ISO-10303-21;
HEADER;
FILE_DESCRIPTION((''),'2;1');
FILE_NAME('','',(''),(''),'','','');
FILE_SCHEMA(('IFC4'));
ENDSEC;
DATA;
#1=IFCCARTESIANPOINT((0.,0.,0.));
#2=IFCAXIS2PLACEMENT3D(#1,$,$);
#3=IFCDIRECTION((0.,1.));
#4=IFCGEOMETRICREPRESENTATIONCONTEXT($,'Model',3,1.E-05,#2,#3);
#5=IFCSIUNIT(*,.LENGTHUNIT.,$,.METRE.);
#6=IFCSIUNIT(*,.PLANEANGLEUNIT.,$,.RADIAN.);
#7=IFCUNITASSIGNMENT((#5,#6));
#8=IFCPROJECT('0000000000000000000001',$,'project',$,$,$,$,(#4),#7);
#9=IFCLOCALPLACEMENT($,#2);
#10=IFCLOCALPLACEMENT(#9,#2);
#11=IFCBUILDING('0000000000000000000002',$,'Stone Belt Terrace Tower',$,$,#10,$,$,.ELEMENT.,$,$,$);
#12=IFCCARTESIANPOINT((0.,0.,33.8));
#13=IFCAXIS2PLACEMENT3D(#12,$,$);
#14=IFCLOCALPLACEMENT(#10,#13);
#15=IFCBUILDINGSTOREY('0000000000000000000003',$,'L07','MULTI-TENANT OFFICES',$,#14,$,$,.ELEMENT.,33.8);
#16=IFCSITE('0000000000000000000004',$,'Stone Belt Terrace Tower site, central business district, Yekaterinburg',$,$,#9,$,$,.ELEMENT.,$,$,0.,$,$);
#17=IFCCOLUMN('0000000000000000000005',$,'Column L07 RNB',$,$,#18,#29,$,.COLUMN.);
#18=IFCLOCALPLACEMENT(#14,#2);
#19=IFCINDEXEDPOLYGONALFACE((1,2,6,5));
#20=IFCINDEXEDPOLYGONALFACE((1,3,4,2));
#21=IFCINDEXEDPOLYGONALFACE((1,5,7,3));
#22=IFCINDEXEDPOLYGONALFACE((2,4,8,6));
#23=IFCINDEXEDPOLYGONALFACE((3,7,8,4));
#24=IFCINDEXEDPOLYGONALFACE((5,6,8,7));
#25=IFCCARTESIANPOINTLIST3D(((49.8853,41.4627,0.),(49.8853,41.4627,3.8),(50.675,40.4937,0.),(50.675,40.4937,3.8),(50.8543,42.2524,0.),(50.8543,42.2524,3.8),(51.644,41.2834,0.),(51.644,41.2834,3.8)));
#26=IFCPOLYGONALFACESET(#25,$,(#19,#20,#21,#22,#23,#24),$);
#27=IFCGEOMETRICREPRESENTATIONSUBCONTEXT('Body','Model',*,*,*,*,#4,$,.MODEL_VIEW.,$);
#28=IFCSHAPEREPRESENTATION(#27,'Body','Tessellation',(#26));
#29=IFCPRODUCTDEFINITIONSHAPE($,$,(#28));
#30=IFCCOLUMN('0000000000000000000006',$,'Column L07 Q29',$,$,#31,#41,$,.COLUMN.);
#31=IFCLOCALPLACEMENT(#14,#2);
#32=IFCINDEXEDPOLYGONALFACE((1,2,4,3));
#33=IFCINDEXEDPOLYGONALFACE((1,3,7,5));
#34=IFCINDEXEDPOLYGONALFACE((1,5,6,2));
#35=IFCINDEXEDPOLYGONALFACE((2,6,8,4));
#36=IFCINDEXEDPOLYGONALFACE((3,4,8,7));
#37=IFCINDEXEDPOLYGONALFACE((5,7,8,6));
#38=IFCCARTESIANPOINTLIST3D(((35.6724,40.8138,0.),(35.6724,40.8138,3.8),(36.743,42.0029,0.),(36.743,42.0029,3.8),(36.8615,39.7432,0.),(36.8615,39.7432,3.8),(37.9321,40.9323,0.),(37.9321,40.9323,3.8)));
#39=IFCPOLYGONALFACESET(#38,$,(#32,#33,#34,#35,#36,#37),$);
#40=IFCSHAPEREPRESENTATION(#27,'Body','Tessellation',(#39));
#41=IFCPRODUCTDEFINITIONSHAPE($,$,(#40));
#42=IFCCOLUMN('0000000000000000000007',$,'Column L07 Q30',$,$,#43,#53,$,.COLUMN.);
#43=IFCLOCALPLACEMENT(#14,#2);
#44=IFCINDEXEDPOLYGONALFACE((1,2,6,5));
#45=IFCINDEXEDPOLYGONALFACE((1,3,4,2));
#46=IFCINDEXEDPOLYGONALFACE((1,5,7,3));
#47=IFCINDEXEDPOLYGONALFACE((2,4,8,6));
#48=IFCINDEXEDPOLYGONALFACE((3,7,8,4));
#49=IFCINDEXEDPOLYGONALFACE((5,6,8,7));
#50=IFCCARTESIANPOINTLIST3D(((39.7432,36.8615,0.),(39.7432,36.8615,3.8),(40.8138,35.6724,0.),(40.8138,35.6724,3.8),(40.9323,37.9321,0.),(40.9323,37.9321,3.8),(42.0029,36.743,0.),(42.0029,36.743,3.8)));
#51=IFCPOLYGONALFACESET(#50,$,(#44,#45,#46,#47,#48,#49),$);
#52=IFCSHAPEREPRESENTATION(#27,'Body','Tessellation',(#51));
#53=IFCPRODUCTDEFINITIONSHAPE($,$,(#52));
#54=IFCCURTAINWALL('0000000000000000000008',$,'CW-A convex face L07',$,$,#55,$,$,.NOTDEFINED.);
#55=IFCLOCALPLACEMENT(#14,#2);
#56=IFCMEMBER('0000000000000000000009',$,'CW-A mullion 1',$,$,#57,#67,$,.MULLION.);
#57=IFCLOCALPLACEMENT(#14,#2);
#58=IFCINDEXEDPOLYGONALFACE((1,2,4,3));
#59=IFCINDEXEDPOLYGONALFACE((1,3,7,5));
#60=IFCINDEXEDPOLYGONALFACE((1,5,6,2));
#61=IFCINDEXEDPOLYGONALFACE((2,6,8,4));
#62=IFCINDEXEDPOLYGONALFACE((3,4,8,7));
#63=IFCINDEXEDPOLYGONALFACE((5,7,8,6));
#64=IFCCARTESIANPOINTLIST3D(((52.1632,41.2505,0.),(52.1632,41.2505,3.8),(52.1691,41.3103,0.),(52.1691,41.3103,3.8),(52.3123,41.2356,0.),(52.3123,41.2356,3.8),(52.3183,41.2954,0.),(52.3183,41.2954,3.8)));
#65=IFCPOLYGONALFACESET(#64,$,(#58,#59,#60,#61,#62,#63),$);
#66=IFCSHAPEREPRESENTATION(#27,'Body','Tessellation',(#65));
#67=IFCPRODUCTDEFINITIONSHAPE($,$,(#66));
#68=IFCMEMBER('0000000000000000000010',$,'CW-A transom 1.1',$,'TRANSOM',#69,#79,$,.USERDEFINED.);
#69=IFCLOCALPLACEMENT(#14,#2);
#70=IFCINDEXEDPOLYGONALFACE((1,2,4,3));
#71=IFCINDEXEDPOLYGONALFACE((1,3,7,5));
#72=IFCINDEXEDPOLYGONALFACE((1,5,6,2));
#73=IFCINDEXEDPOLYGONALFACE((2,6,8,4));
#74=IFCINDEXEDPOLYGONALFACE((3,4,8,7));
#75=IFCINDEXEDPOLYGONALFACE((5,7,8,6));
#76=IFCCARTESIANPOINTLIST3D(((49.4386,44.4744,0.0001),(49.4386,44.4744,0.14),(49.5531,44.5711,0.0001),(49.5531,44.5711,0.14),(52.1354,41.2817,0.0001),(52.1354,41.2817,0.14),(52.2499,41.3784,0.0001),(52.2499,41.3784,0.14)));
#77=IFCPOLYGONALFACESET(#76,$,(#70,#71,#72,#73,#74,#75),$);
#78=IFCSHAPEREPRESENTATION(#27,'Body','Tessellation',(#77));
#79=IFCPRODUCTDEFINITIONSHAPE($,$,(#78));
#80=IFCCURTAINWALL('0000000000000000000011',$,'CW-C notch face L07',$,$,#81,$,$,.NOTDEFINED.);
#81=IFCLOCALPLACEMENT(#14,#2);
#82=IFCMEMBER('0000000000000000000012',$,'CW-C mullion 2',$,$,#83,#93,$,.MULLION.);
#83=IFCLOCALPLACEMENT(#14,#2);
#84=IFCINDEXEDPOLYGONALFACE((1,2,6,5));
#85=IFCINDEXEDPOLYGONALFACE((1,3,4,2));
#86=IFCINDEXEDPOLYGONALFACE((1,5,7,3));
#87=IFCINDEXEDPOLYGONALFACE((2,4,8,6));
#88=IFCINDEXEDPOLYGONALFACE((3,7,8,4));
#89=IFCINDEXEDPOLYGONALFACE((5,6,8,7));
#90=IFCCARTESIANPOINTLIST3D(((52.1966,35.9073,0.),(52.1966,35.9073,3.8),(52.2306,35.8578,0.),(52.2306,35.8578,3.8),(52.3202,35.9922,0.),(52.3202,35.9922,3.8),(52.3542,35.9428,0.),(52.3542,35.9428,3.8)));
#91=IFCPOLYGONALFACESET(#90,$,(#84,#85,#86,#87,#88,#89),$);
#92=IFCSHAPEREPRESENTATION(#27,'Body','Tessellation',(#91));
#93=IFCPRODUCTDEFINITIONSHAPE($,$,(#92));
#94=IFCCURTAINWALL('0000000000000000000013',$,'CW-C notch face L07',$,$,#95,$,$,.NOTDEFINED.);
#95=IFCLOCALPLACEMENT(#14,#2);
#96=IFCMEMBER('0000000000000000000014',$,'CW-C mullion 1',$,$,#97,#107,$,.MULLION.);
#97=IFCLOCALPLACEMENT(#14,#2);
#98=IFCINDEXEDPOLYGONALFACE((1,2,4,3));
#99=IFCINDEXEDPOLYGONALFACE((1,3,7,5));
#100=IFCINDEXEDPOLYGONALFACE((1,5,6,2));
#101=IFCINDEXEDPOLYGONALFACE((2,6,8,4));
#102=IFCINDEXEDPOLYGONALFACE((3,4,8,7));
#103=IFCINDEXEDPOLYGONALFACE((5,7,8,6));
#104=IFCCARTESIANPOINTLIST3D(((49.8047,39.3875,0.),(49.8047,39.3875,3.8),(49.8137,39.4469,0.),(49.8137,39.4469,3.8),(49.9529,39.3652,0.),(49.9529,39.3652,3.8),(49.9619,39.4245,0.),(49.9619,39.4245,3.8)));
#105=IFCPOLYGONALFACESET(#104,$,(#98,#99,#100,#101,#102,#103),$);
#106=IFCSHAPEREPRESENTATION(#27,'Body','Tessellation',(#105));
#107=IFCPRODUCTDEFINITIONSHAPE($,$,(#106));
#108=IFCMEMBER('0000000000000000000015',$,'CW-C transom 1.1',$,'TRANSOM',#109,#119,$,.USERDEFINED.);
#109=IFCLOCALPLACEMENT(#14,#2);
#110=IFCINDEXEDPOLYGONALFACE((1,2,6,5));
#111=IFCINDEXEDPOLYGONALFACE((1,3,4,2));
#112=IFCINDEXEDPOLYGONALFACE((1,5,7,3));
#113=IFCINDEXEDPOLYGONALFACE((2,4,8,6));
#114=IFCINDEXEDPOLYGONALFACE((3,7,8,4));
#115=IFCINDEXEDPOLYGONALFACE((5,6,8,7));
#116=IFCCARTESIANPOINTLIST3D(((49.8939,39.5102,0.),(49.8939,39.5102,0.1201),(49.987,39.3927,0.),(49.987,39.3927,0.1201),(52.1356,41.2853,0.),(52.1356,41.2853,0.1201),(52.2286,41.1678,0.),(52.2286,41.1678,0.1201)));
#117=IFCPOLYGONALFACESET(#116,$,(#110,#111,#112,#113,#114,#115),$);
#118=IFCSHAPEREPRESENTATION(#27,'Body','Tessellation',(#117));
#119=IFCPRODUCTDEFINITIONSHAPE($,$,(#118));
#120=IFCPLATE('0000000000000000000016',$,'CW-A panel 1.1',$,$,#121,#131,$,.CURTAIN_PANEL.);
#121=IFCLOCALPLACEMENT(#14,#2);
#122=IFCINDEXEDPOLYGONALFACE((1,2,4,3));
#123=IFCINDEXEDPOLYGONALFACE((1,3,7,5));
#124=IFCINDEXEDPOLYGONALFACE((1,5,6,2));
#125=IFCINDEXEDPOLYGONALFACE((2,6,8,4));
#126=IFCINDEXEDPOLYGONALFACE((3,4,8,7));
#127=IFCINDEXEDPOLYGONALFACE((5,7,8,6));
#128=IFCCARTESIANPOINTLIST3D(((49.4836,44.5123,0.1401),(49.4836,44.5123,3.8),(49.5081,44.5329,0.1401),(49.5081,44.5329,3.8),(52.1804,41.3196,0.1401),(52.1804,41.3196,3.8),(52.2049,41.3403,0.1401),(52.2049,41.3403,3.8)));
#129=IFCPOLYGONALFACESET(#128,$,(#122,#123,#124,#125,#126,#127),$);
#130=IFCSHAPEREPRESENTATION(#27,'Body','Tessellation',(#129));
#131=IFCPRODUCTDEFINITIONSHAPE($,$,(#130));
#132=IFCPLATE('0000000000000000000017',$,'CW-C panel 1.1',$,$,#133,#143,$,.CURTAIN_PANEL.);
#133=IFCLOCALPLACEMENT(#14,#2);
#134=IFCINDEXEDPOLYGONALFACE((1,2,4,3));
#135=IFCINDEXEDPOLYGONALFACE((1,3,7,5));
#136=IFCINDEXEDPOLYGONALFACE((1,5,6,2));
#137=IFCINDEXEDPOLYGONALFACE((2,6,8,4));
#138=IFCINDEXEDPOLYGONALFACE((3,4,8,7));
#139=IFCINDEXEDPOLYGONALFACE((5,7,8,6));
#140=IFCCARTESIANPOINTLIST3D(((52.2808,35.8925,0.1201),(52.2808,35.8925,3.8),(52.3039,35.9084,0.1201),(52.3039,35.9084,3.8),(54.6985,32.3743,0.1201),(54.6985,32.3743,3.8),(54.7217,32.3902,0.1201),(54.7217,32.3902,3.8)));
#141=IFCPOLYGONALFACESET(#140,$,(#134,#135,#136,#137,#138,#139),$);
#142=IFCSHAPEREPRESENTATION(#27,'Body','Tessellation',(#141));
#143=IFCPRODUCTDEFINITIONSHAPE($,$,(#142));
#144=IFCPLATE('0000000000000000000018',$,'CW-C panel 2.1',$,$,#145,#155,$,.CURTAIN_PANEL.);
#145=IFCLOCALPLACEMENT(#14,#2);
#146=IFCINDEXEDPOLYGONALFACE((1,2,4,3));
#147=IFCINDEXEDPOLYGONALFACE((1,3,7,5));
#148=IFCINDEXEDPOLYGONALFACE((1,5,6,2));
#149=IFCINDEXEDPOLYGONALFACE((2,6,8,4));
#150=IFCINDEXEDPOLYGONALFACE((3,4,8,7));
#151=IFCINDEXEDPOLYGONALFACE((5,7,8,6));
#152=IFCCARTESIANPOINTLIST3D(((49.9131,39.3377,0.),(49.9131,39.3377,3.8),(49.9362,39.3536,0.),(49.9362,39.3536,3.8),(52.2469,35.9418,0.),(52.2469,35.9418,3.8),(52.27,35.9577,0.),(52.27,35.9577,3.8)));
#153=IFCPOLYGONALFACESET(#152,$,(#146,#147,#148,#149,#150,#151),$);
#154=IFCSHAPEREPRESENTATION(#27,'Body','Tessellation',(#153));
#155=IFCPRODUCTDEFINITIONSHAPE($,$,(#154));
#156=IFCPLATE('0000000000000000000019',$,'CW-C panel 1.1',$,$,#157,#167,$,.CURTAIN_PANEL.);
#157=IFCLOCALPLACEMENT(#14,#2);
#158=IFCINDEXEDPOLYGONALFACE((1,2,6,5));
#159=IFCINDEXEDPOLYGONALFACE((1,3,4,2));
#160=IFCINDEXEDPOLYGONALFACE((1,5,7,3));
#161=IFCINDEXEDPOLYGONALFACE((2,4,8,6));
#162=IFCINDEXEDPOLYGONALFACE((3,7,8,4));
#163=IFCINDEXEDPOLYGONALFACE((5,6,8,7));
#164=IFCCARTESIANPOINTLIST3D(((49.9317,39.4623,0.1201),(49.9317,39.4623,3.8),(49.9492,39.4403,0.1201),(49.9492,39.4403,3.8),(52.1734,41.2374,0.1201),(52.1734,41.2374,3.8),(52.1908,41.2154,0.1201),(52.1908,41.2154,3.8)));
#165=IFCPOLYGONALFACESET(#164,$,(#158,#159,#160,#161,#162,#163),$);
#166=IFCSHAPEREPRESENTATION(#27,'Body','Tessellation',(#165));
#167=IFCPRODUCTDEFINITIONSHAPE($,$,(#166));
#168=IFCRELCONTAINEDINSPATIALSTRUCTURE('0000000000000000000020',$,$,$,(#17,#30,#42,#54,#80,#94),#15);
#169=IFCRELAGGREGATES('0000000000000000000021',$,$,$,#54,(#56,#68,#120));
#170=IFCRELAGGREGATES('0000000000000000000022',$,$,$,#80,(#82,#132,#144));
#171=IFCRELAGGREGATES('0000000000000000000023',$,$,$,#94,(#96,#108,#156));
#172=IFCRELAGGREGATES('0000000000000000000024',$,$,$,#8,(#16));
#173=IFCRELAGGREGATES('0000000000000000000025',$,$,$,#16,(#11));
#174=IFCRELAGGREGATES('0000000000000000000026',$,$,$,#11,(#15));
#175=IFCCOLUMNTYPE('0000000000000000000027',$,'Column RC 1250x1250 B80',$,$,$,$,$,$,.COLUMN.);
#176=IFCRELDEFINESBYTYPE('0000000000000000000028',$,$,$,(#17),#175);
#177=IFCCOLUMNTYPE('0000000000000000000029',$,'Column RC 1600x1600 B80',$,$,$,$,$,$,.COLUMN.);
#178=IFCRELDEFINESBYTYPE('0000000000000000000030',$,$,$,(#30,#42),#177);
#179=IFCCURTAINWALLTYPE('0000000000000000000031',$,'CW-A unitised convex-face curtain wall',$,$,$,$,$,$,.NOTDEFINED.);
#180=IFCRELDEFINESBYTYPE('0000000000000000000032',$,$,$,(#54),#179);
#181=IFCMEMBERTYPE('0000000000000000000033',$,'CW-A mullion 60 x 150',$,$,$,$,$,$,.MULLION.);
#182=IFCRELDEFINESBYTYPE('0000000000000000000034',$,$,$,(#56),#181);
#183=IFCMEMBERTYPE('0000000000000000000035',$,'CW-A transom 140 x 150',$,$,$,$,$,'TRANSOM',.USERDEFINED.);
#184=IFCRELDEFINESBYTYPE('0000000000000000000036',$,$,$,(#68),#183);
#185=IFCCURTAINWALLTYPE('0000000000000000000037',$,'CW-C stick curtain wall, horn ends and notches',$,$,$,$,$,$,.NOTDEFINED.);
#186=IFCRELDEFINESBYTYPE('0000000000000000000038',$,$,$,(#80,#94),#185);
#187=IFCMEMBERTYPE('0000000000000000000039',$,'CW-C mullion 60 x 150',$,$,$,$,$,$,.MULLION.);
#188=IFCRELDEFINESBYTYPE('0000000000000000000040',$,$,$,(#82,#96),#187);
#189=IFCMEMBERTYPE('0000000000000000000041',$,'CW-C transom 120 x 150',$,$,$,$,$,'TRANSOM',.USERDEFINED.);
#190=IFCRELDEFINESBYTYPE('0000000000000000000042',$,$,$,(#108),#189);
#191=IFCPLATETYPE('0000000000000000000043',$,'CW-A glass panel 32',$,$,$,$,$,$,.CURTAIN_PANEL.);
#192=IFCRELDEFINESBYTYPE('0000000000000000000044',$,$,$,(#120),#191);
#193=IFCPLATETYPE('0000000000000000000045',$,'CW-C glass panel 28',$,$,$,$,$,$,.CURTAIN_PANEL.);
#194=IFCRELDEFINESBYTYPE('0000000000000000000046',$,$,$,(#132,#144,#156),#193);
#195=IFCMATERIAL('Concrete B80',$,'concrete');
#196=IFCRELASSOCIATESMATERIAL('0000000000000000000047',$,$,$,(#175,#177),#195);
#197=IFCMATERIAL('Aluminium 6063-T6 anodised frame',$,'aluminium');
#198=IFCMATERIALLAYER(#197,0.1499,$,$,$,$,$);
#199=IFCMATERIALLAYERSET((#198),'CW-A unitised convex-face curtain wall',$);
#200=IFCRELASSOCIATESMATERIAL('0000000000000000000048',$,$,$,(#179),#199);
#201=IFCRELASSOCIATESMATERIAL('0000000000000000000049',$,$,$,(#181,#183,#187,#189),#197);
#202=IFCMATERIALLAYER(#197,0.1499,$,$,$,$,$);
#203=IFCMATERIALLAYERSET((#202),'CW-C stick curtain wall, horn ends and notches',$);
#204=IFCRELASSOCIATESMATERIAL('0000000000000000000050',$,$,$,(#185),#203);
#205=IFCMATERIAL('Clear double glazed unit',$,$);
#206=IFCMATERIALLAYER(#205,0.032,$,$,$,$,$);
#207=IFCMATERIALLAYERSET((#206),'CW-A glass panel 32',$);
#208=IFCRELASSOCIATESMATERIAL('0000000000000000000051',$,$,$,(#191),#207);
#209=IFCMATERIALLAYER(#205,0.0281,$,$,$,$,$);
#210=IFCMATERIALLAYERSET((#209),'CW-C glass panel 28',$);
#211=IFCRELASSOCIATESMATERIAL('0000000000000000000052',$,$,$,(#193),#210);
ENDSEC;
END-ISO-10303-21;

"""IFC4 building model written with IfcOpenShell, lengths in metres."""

from ifc_helpers import new_model, si_unit, direction, frame, origin, origin_2d, place, context, subcontext, project, spatial, rectangle, extrude, material, layer, layer_set, material_profile, profile_set, type_object, element, aggregate, save


model = new_model("IFC4")

# Units and contexts
model_context = context("Model", 3, precision=1e-05, world=origin(), true_north=direction((0.0, 1.0)))
body_context = subcontext(model_context, "Body", "Model", "MODEL_VIEW")
ifc_project = project(units=[si_unit("LENGTHUNIT", "METRE"), si_unit("PLANEANGLEUNIT", "RADIAN")], contexts=[model_context])

# Site, building, storey
site_placement = place(None, origin())
site = spatial("IfcSite", under=ifc_project, at=site_placement, Name="Stone Belt Terrace Tower site, central business district, Yekaterinburg", CompositionType="ELEMENT", RefElevation=0.0)
building_placement = place(site_placement, origin())
building = spatial("IfcBuilding", under=site, at=building_placement, Name="Stone Belt Terrace Tower", CompositionType="ELEMENT")
storey_placement = place(building_placement, frame((0.0, 0.0, 33.8)))
storey = spatial("IfcBuildingStorey", under=building, at=storey_placement, Name="L07", Description="MULTI-TENANT OFFICES", CompositionType="ELEMENT", Elevation=33.8)

# Columns
ifc_material_1 = material(Name="Concrete B80", Category="concrete")
ifc_material_profile_1 = material_profile(ifc_material_1, rectangle(XDim=1.25, YDim=1.25, at=origin_2d()), Name="RC 1250x1250")
ifc_profile_set_1 = profile_set([ifc_material_profile_1], Name="Concrete B80")
column_type_1 = type_object("IfcColumnType", Name="Column RC 1250x1250 B80", PredefinedType="COLUMN", material=ifc_profile_set_1)
column_placement = place(storey_placement, frame((50.7646, 41.373, 0.0), z_axis=(0.0, 0.0, 1.0), x_axis=(0.631759, -0.775165, 0.0)))
element("IfcColumn", 1, at=column_placement, inside=storey, type_object=column_type_1, Name="Column L07 RNB", PredefinedType="COLUMN", context=body_context, shape_type="SweptSolid", body=[
    extrude(rectangle(XDim=1.25, YDim=1.25, at=origin_2d()), origin(), (0.0, 0.0, 1.0), 3.8),
])
ifc_material_profile_2 = material_profile(ifc_material_1, rectangle(XDim=1.6001, YDim=1.6001, at=origin_2d()), Name="RC 1600x1600")
ifc_profile_set_2 = profile_set([ifc_material_profile_2], Name="Concrete B80")
column_type_2 = type_object("IfcColumnType", Name="Column RC 1600x1600 B80", PredefinedType="COLUMN", material=ifc_profile_set_2)
for number, where, z_axis, x_axis, name in (
    (2, (36.8022, 40.873, 0.0), (0.0, 0.0, 1.0), (0.743145, -0.669131, 0.0), "Column L07 Q29"),
    (3, (40.873, 36.8022, 0.0), (0.0, 0.0, 1.0), (0.669131, -0.743145, 0.0), "Column L07 Q30"),
):
    element("IfcColumn", number, at=place(storey_placement, frame(where, z_axis=z_axis, x_axis=x_axis)), inside=storey, type_object=column_type_2, Name=name, PredefinedType="COLUMN", context=body_context, shape_type="SweptSolid", body=[
        extrude(rectangle(XDim=1.6001, YDim=1.6001, at=origin_2d()), origin(), (0.0, 0.0, 1.0), 3.8),
    ])

# Curtain wall, members
ifc_material_2 = material(Name="Aluminium 6063-T6 anodised frame", Category="aluminium")
ifc_layer_1 = layer(ifc_material_2, 0.1499)
ifc_layer_set_1 = layer_set([ifc_layer_1], Name="CW-A unitised convex-face curtain wall")
curtain_wall_type_1 = type_object("IfcCurtainWallType", Name="CW-A unitised convex-face curtain wall", PredefinedType="NOTDEFINED", material=ifc_layer_set_1)
curtain_wall_1_placement = place(storey_placement, origin())
curtain_wall_1 = element("IfcCurtainWall", 4, at=curtain_wall_1_placement, inside=storey, type_object=curtain_wall_type_1, Name="CW-A convex face L07", PredefinedType="NOTDEFINED")
ifc_material_profile_3 = material_profile(ifc_material_2, rectangle(XDim=0.1499, YDim=0.0601, at=origin_2d()), Name="Aluminium 6063-T6 60x150")
ifc_profile_set_3 = profile_set([ifc_material_profile_3], Name="Aluminium 6063-T6 anodised frame")
member_type_1 = type_object("IfcMemberType", Name="CW-A mullion 60 x 150", PredefinedType="MULLION", material=ifc_profile_set_3)
member_1_placement = place(storey_placement, frame((52.2407, 41.2729, 0.0), z_axis=(0.0, 0.0, 1.0), x_axis=(-0.995023, 0.099645, 0.0)))
member_1 = element("IfcMember", 5, at=member_1_placement, type_object=member_type_1, Name="CW-A mullion 1", PredefinedType="MULLION", context=body_context, shape_type="SweptSolid", body=[
    extrude(rectangle(XDim=0.1499, YDim=0.0601, at=origin_2d()), origin(), (0.0, 0.0, 1.0), 3.8),
])
ifc_material_profile_4 = material_profile(ifc_material_2, rectangle(XDim=0.1499, YDim=0.1399, at=origin_2d()), Name="Aluminium 6063-T6 150x140")
ifc_profile_set_4 = profile_set([ifc_material_profile_4], Name="Aluminium 6063-T6 anodised frame")
member_type_2 = type_object("IfcMemberType", Name="CW-A transom 140 x 150", ElementType="TRANSOM", PredefinedType="USERDEFINED", material=ifc_profile_set_4)
member_2_placement = place(storey_placement, frame((52.1926, 41.3301, 0.0701), z_axis=(-0.64529, 0.763938, 0.0), x_axis=(-0.763938, -0.64529, 0.0)))
member_2 = element("IfcMember", 6, at=member_2_placement, type_object=member_type_2, Name="CW-A transom 1.1", ObjectType="TRANSOM", PredefinedType="USERDEFINED", context=body_context, shape_type="SweptSolid", body=[
    extrude(rectangle(XDim=0.1499, YDim=0.1399, at=origin_2d()), origin(), (0.0, 0.0, 1.0), 4.1792),
])

# Curtain wall, member
ifc_layer_2 = layer(ifc_material_2, 0.1499)
ifc_layer_set_2 = layer_set([ifc_layer_2], Name="CW-C stick curtain wall, horn ends and notches")
curtain_wall_type_2 = type_object("IfcCurtainWallType", Name="CW-C stick curtain wall, horn ends and notches", PredefinedType="NOTDEFINED", material=ifc_layer_set_2)
curtain_wall_2_placement = place(storey_placement, origin())
curtain_wall_2 = element("IfcCurtainWall", 7, at=curtain_wall_2_placement, inside=storey, type_object=curtain_wall_type_2, Name="CW-C notch face L07", PredefinedType="NOTDEFINED")
ifc_material_profile_5 = material_profile(ifc_material_2, rectangle(XDim=0.1499, YDim=0.0601, at=origin_2d()), Name="Aluminium 6063-T6 60x150")
ifc_profile_set_5 = profile_set([ifc_material_profile_5], Name="Aluminium 6063-T6 anodised frame")
member_type_3 = type_object("IfcMemberType", Name="CW-C mullion 60 x 150", PredefinedType="MULLION", material=ifc_profile_set_5)
member_3_placement = place(storey_placement, frame((52.2754, 35.925, 0.0), z_axis=(0.0, 0.0, 1.0), x_axis=(-0.824147, -0.566376, 0.0)))
member_3 = element("IfcMember", 8, at=member_3_placement, type_object=member_type_3, Name="CW-C mullion 2", PredefinedType="MULLION", context=body_context, shape_type="SweptSolid", body=[
    extrude(rectangle(XDim=0.1499, YDim=0.0601, at=origin_2d()), origin(), (0.0, 0.0, 1.0), 3.8),
])

# Curtain wall, members
curtain_wall_3_placement = place(storey_placement, origin())
curtain_wall_3 = element("IfcCurtainWall", 9, at=curtain_wall_3_placement, inside=storey, type_object=curtain_wall_type_2, Name="CW-C notch face L07", PredefinedType="NOTDEFINED")
member_4_placement = place(storey_placement, frame((49.8833, 39.406, 0.0), z_axis=(0.0, 0.0, 1.0), x_axis=(-0.988851, 0.148906, 0.0)))
member_4 = element("IfcMember", 10, at=member_4_placement, type_object=member_type_3, Name="CW-C mullion 1", PredefinedType="MULLION", context=body_context, shape_type="SweptSolid", body=[
    extrude(rectangle(XDim=0.1499, YDim=0.0601, at=origin_2d()), origin(), (0.0, 0.0, 1.0), 3.8),
])
ifc_material_profile_6 = material_profile(ifc_material_2, rectangle(XDim=0.1499, YDim=0.1201, at=origin_2d()), Name="Aluminium 6063-T6 150x120")
ifc_profile_set_6 = profile_set([ifc_material_profile_6], Name="Aluminium 6063-T6 anodised frame")
member_type_4 = type_object("IfcMemberType", Name="CW-C transom 120 x 150", ElementType="TRANSOM", PredefinedType="USERDEFINED", material=ifc_profile_set_6)
member_5_placement = place(storey_placement, frame((49.9404, 39.4514, 0.0601), z_axis=(0.783966, 0.620804, 0.0), x_axis=(-0.620804, 0.783966, 0.0)))
member_5 = element("IfcMember", 11, at=member_5_placement, type_object=member_type_4, Name="CW-C transom 1.1", ObjectType="TRANSOM", PredefinedType="USERDEFINED", context=body_context, shape_type="SweptSolid", body=[
    extrude(rectangle(XDim=0.1499, YDim=0.1201, at=origin_2d()), origin(), (0.0, 0.0, 1.0), 2.8594),
])

# Plates
ifc_material_3 = material(Name="Clear double glazed unit")
ifc_layer_3 = layer(ifc_material_3, 0.032)
ifc_layer_set_3 = layer_set([ifc_layer_3], Name="CW-A glass panel 32")
plate_type_1 = type_object("IfcPlateType", Name="CW-A glass panel 32", PredefinedType="CURTAIN_PANEL", material=ifc_layer_set_3)
plate_1_placement = place(storey_placement, frame((50.8442, 42.9263, 0.1401), z_axis=(0.0, 0.0, 1.0), x_axis=(-0.645291, 0.763937, 0.0)))
plate_1 = element("IfcPlate", 12, at=plate_1_placement, type_object=plate_type_1, Name="CW-A panel 1.1", PredefinedType="CURTAIN_PANEL", context=body_context, shape_type="SweptSolid", body=[
    extrude(rectangle(XDim=4.1792, YDim=0.032, at=origin_2d()), origin(), (0.0, 0.0, 1.0), 3.6599),
])
aggregate(curtain_wall_1, [member_1, member_2, plate_1])
ifc_layer_4 = layer(ifc_material_3, 0.0281)
ifc_layer_set_4 = layer_set([ifc_layer_4], Name="CW-C glass panel 28")
plate_type_2 = type_object("IfcPlateType", Name="CW-C glass panel 28", PredefinedType="CURTAIN_PANEL", material=ifc_layer_set_4)
plate_2_placement = place(storey_placement, frame((53.5012, 34.1414, 0.1201), z_axis=(0.0, 0.0, 1.0), x_axis=(-0.566376, 0.824147, 0.0)))
plate_2 = element("IfcPlate", 13, at=plate_2_placement, type_object=plate_type_2, Name="CW-C panel 1.1", PredefinedType="CURTAIN_PANEL", context=body_context, shape_type="SweptSolid", body=[
    extrude(rectangle(XDim=4.2688, YDim=0.0281, at=origin_2d()), origin(), (0.0, 0.0, 1.0), 3.6799),
])
plate_3_placement = place(storey_placement, frame((51.0916, 37.6477, 0.0), z_axis=(0.0, 0.0, 1.0), x_axis=(-0.566376, 0.824147, 0.0)))
plate_3 = element("IfcPlate", 14, at=plate_3_placement, type_object=plate_type_2, Name="CW-C panel 2.1", PredefinedType="CURTAIN_PANEL", context=body_context, shape_type="SweptSolid", body=[
    extrude(rectangle(XDim=4.1206, YDim=0.0281, at=origin_2d()), origin(), (0.0, 0.0, 1.0), 3.8),
])
aggregate(curtain_wall_2, [member_3, plate_2, plate_3])
plate_4_placement = place(storey_placement, frame((51.0613, 40.3389, 0.1201), z_axis=(0.0, 0.0, 1.0), x_axis=(0.783964, 0.620807, 0.0)))
plate_4 = element("IfcPlate", 15, at=plate_4_placement, type_object=plate_type_2, Name="CW-C panel 1.1", PredefinedType="CURTAIN_PANEL", context=body_context, shape_type="SweptSolid", body=[
    extrude(rectangle(XDim=2.8594, YDim=0.0281, at=origin_2d()), origin(), (0.0, 0.0, 1.0), 3.6799),
])
aggregate(curtain_wall_3, [member_4, member_5, plate_4])

save(model, "model.ifc")
